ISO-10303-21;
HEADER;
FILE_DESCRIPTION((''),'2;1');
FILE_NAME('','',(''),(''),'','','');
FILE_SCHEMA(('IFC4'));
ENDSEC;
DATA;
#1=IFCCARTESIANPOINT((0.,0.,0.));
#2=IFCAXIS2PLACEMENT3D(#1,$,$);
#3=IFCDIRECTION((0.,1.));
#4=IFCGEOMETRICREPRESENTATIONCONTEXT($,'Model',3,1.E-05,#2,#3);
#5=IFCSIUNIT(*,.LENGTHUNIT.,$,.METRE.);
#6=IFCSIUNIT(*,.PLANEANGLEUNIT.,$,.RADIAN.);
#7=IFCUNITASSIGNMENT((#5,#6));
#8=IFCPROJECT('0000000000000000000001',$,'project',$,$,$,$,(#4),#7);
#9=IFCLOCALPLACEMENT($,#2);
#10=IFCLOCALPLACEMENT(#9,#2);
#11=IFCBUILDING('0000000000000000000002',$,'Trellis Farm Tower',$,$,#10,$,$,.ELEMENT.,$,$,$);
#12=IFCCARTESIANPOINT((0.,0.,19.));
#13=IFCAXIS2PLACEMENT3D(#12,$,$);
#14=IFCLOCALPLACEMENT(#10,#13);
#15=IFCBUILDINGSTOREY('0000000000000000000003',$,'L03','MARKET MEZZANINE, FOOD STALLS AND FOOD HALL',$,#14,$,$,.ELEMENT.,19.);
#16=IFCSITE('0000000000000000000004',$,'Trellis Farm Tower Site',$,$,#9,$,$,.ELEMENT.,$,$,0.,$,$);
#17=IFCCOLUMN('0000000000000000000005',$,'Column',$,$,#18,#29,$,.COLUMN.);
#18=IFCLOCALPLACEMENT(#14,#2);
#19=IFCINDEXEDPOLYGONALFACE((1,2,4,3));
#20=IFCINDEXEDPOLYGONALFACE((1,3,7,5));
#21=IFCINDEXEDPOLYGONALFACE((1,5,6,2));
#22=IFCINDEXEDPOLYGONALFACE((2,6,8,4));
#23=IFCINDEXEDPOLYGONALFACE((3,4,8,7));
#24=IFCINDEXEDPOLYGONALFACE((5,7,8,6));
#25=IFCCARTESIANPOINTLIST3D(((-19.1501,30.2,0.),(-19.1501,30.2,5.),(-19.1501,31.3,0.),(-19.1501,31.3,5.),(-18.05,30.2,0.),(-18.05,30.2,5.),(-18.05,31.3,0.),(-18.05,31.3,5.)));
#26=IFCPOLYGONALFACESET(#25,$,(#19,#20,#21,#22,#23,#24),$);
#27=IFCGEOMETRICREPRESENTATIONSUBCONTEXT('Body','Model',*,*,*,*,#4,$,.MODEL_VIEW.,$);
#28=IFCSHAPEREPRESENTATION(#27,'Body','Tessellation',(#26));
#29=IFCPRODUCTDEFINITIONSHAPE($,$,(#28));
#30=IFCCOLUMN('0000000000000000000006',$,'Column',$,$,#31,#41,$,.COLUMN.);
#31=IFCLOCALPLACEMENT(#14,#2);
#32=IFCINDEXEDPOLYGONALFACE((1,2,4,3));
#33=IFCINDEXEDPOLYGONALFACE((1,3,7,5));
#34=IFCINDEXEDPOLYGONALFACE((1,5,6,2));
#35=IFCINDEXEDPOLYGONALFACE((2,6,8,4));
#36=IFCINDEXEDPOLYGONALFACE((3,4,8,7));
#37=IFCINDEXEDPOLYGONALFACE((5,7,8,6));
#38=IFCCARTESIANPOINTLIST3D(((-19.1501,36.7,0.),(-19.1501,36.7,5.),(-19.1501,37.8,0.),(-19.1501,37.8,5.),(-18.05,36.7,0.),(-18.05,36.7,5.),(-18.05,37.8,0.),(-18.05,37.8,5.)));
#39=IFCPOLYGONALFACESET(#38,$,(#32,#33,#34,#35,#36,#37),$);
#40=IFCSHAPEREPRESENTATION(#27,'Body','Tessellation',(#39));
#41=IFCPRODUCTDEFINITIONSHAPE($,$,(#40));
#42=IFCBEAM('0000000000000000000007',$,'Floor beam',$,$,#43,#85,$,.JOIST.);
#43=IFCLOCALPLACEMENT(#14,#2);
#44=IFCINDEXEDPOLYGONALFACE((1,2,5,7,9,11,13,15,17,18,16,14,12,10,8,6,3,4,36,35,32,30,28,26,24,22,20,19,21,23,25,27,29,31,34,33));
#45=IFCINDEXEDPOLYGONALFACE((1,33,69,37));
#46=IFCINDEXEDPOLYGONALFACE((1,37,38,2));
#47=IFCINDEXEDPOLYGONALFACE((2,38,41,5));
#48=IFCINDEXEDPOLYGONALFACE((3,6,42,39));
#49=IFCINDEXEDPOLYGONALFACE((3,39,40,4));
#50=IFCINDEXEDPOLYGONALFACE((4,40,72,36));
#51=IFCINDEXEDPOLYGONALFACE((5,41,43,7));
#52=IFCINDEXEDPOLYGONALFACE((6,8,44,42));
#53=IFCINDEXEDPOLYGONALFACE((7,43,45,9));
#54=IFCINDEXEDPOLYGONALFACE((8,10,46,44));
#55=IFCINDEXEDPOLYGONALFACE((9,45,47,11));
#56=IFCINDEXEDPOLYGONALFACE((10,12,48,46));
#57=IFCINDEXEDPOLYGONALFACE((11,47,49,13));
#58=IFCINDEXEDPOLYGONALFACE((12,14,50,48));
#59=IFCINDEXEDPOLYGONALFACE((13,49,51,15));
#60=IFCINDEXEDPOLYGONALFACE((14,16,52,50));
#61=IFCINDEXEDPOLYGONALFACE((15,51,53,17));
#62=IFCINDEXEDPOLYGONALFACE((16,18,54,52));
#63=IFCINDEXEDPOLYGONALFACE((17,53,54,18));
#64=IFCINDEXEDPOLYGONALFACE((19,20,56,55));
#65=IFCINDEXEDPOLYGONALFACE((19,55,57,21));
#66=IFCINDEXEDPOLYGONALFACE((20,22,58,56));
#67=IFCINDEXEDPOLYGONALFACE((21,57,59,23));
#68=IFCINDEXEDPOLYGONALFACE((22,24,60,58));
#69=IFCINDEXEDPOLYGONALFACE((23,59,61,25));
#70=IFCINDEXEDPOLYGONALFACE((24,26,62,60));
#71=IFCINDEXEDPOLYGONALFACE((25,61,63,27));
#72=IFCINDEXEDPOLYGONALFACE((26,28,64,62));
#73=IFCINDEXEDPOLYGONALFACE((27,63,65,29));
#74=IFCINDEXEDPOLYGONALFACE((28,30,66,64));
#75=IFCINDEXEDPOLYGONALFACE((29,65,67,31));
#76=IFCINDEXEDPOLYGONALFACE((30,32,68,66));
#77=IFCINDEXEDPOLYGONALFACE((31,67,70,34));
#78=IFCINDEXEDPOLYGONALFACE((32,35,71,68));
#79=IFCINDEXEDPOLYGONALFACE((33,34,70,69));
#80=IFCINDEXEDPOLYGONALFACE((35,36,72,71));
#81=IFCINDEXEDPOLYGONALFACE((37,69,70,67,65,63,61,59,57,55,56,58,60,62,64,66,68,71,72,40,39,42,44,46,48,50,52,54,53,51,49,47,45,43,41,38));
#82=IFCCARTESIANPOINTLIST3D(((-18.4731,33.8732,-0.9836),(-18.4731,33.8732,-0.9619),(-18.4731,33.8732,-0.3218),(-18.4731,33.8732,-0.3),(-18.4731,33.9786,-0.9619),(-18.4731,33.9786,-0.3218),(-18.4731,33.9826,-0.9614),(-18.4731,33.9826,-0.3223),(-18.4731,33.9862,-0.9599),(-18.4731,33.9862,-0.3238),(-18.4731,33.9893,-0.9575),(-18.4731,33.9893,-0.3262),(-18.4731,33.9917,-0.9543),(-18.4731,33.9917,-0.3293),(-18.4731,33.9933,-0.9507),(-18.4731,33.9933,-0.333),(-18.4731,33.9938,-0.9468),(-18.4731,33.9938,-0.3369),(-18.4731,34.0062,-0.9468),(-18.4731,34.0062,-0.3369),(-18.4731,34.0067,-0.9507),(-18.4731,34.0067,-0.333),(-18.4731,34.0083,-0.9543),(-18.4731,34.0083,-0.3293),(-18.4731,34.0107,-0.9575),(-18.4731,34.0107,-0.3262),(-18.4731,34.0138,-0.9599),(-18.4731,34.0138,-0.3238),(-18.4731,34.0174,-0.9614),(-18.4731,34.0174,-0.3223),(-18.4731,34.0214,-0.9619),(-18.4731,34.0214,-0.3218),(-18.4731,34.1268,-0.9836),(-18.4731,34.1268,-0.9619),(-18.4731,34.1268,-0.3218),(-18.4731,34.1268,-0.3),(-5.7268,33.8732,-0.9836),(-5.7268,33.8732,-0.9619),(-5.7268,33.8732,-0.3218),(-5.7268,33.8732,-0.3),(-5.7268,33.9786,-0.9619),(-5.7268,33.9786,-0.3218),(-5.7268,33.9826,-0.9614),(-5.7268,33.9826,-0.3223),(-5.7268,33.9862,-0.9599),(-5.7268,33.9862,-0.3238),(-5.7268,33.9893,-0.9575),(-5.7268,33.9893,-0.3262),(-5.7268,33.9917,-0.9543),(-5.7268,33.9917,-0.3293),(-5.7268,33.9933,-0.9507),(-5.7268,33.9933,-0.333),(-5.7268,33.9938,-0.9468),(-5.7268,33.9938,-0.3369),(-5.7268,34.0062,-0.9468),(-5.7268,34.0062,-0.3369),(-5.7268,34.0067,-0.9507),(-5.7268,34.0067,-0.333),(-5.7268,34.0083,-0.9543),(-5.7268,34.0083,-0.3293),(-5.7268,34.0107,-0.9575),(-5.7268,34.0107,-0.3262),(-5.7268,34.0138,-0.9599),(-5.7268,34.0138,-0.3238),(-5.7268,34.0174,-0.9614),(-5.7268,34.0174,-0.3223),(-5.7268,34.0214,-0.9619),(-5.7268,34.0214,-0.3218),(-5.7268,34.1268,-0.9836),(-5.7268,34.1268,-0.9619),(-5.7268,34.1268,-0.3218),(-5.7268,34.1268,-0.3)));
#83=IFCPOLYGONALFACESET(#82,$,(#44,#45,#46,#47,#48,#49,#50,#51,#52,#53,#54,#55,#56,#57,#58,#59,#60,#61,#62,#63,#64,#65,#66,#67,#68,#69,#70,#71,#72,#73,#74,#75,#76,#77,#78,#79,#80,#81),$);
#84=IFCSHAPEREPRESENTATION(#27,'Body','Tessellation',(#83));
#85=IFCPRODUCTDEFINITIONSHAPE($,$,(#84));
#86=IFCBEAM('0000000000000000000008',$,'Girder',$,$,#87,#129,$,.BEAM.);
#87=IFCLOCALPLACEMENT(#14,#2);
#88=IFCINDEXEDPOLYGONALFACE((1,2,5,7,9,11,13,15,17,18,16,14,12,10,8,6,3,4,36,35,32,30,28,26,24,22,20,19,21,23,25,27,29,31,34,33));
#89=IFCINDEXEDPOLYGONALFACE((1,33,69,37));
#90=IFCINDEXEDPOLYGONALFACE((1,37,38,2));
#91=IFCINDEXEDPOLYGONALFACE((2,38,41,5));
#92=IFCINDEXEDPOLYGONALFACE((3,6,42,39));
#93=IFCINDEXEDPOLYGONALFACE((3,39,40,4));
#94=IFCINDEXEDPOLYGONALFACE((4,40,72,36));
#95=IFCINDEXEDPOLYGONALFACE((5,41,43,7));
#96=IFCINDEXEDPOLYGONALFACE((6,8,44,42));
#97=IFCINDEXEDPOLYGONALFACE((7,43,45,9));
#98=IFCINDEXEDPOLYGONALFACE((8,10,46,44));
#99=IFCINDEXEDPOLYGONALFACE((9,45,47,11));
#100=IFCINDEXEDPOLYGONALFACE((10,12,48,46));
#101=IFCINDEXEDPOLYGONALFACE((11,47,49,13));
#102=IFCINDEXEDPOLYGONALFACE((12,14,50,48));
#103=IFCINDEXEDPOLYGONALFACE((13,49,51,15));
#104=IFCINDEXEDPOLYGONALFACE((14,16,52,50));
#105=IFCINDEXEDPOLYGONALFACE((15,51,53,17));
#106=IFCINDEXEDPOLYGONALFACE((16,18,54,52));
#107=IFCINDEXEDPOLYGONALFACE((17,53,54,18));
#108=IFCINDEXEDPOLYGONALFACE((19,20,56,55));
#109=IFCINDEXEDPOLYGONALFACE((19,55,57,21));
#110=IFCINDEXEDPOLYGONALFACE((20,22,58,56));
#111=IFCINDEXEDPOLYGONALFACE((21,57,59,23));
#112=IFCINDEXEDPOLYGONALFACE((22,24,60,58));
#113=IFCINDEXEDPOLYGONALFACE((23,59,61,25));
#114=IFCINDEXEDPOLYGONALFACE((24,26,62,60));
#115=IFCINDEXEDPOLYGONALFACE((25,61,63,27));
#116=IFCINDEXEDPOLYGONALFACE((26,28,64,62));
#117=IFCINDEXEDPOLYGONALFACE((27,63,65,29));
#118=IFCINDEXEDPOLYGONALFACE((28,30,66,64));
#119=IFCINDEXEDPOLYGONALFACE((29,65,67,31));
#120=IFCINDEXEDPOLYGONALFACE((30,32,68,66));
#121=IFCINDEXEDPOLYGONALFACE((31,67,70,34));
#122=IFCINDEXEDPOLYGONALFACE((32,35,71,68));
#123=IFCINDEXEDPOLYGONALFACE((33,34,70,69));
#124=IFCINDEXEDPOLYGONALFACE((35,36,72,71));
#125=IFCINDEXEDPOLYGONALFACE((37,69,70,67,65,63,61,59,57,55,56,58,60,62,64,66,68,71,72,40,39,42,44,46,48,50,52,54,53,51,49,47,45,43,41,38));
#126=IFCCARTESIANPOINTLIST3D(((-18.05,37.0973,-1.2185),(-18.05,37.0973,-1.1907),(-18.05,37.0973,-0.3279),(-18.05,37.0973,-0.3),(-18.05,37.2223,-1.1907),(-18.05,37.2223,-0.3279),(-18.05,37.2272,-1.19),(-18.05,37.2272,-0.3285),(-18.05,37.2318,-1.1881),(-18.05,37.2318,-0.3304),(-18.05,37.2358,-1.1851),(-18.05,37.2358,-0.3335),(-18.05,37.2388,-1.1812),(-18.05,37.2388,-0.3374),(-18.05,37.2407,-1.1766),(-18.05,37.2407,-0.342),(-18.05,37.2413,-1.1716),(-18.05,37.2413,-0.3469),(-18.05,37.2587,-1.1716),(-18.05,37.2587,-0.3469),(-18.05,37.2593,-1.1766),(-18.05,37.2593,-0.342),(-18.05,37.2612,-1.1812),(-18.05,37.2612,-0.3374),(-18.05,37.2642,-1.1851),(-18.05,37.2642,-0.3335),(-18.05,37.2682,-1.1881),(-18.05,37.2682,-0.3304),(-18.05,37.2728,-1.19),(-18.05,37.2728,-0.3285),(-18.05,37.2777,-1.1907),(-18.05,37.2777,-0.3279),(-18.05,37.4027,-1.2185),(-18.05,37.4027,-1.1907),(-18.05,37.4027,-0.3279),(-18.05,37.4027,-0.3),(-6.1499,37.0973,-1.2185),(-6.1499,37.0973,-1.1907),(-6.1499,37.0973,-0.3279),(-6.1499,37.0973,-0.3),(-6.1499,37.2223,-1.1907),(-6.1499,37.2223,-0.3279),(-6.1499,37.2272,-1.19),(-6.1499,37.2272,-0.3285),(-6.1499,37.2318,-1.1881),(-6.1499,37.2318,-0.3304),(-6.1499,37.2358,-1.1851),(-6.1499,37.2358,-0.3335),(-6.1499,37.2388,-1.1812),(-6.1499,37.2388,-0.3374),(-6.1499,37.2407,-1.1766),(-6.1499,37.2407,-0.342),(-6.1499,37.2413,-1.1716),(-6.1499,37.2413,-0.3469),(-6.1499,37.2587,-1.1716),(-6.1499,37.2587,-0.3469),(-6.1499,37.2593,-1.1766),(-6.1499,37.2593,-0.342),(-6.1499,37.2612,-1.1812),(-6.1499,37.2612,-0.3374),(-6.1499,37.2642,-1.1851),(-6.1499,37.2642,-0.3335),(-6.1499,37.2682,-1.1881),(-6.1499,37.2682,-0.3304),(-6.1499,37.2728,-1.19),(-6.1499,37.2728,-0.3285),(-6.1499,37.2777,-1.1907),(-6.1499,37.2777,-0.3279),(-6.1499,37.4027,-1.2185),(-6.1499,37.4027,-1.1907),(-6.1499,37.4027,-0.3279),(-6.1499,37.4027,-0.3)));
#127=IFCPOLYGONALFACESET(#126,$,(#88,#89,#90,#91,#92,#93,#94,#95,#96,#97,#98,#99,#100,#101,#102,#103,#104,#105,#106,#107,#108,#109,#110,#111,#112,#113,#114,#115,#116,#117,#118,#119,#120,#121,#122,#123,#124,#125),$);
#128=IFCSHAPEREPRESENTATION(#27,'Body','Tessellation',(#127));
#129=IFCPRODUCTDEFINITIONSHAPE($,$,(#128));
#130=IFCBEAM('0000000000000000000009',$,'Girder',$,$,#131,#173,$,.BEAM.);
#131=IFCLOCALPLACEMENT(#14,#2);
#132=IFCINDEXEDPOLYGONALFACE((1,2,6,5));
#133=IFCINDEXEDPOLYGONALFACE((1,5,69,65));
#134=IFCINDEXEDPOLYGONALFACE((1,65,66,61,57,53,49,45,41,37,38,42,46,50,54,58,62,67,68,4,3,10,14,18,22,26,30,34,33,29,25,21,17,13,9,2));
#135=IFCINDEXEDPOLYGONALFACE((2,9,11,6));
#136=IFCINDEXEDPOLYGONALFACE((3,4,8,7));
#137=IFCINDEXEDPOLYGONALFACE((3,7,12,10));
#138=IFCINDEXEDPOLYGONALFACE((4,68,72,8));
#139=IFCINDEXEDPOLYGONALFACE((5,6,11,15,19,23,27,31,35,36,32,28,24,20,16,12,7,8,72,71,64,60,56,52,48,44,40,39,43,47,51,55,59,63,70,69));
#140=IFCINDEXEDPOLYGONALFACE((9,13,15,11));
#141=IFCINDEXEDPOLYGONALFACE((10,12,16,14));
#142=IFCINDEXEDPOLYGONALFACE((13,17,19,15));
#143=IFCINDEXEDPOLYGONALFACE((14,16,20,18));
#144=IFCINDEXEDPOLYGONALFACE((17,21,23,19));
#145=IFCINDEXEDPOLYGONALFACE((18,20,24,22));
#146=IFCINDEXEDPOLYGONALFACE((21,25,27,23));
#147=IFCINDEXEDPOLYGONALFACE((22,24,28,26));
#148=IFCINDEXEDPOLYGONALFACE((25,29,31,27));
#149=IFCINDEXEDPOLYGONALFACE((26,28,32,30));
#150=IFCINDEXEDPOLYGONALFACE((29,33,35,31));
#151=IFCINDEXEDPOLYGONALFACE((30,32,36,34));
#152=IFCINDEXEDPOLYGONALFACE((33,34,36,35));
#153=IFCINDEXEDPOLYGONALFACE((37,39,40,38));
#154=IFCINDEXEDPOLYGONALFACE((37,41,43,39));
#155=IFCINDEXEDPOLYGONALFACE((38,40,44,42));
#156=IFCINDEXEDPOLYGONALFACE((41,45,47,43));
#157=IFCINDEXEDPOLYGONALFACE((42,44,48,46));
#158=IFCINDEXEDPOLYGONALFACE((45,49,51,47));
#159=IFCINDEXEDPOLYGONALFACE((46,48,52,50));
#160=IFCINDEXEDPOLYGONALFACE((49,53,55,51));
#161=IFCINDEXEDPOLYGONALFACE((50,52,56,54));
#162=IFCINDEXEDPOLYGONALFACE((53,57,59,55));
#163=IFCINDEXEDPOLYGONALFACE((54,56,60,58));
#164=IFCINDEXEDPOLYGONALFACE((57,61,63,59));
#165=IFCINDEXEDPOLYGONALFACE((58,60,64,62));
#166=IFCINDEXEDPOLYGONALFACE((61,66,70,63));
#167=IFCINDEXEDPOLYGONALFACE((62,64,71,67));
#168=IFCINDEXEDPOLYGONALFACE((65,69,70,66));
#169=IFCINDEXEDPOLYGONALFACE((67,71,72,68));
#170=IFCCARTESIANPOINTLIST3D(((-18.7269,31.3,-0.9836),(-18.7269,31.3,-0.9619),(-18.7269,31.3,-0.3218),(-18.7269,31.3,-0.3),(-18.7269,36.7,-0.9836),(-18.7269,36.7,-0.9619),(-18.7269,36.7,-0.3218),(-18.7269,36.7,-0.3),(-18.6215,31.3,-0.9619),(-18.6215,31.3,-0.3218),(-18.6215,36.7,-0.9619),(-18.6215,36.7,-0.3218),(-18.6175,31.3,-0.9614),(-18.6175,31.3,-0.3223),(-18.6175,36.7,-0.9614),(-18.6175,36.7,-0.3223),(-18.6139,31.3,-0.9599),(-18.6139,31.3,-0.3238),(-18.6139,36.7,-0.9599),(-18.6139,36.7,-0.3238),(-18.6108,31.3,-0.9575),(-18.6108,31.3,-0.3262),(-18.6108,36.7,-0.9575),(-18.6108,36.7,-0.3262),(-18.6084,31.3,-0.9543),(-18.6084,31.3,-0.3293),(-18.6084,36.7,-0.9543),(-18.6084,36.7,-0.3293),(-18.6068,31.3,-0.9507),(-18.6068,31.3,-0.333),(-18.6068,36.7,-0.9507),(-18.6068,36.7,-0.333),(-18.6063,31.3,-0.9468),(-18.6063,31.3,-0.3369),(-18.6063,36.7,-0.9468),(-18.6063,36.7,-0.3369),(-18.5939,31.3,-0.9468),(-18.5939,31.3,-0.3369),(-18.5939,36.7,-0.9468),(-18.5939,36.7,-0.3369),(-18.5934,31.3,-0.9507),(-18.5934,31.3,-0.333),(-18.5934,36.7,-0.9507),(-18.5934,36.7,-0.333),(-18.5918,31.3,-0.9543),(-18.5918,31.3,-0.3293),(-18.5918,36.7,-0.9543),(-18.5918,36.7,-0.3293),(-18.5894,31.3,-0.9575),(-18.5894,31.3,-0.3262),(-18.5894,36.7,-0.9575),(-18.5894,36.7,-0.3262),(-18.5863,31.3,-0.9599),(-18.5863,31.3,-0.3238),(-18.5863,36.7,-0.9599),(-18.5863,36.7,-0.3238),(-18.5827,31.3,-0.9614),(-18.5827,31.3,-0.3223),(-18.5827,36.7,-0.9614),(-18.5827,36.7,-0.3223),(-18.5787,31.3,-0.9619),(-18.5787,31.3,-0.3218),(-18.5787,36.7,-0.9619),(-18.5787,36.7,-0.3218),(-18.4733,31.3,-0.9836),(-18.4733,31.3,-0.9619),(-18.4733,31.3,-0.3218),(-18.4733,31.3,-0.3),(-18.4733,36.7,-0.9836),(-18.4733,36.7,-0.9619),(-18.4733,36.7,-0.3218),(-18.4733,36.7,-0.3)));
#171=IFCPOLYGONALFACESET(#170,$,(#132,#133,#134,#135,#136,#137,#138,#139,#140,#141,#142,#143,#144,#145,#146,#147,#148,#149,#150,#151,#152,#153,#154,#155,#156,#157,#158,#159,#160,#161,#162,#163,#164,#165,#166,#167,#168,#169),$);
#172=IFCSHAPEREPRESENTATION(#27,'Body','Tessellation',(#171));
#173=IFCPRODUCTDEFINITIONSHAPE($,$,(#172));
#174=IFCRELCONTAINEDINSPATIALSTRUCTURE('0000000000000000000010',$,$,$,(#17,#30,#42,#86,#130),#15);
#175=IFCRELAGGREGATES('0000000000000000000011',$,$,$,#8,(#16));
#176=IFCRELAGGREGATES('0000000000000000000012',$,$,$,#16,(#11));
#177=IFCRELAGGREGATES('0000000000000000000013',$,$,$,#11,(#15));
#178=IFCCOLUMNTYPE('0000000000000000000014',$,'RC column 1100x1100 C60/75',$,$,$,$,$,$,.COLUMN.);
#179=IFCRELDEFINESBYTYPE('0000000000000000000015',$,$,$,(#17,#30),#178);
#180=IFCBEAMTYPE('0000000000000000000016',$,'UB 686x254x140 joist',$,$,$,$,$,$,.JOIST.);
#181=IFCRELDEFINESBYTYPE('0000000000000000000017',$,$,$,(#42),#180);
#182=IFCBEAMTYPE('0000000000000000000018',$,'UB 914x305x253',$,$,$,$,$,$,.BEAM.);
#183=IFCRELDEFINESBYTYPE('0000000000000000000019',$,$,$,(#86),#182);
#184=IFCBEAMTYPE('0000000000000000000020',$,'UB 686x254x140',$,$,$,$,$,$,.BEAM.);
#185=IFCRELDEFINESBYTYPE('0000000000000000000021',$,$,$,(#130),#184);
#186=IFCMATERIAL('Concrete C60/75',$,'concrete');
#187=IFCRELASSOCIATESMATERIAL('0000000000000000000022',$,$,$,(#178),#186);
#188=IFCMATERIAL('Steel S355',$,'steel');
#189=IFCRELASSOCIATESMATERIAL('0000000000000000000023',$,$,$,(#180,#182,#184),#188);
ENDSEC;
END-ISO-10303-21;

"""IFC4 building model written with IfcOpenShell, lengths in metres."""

from ifc_helpers import new_model, si_unit, direction, frame, origin, origin_2d, place, context, subcontext, project, spatial, rectangle, i_section, extrude, source, transform, mapped, material, material_profile, profile_set, type_object, element, save


model = new_model("IFC4")

# Units and contexts
model_context = context("Model", 3, precision=1e-05, world=origin(), true_north=direction((0.0, 1.0)))
body_context = subcontext(model_context, "Body", "Model", "MODEL_VIEW")
ifc_project = project(units=[si_unit("LENGTHUNIT", "METRE"), si_unit("PLANEANGLEUNIT", "RADIAN")], contexts=[model_context])

# Site, building, storey
site_placement = place(None, origin())
site = spatial("IfcSite", under=ifc_project, at=site_placement, Name="Trellis Farm Tower Site", CompositionType="ELEMENT", RefElevation=0.0)
building_placement = place(site_placement, origin())
building = spatial("IfcBuilding", under=site, at=building_placement, Name="Trellis Farm Tower", CompositionType="ELEMENT")
storey_placement = place(building_placement, frame((0.0, 0.0, 19.0)))
storey = spatial("IfcBuildingStorey", under=building, at=storey_placement, Name="L03", Description="MARKET MEZZANINE, FOOD STALLS AND FOOD HALL", CompositionType="ELEMENT", Elevation=19.0)

# Columns
ifc_material_1 = material(Name="Concrete C60/75", Category="concrete")
ifc_material_profile_1 = material_profile(ifc_material_1, rectangle(XDim=1.1001, YDim=1.1001, at=origin_2d()), Name="RC column 1100x1100 C60/75")
ifc_profile_set_1 = profile_set([ifc_material_profile_1], Name="Concrete C60/75")
column_type = type_object("IfcColumnType", Name="RC column 1100x1100 C60/75", PredefinedType="COLUMN", material=ifc_profile_set_1)
shared_shape_1 = source(origin(), body_context, "Body", "SweptSolid", [
    extrude(rectangle(XDim=1.1001, YDim=1.1001, at=origin_2d()), origin(), (0.0, 0.0, 1.0), 5.0),
])
for number, where, z_axis, x_axis, name in (
    (1, (-18.6001, 30.75, 0.0), (0.0, 0.0, 1.0), (1.0, 0.0, 0.0), "Column"),
    (2, (-18.6001, 37.25, 0.0), (0.0, 0.0, 1.0), (1.0, 0.0, 0.0), "Column"),
):
    element("IfcColumn", number, at=place(storey_placement, frame(where, z_axis=z_axis, x_axis=x_axis)), inside=storey, type_object=column_type, Name=name, PredefinedType="COLUMN", context=body_context, shape_type="MappedRepresentation", body=[
        mapped(shared_shape_1, transform((0.0, 0.0, 0.0))),
    ])

# Beams
ifc_material_2 = material(Name="Steel S355", Category="steel")
ifc_material_profile_2 = material_profile(ifc_material_2, i_section(OverallWidth=0.2537, OverallDepth=0.6836, WebThickness=0.0125, FlangeThickness=0.0217, FilletRadius=0.0151, at=origin_2d()), Name="UB 686x254x140")
ifc_profile_set_2 = profile_set([ifc_material_profile_2], Name="Steel S355")
beam_type_1 = type_object("IfcBeamType", Name="UB 686x254x140 joist", PredefinedType="JOIST", material=ifc_profile_set_2)
shared_shape_2 = source(origin(), body_context, "Body", "SweptSolid", [
    extrude(i_section(OverallWidth=0.2537, OverallDepth=0.6836, WebThickness=0.0125, FlangeThickness=0.0217, FilletRadius=0.0151, at=origin_2d()), origin(), (0.0, 0.0, 1.0), 12.7463),
])
beam_1_placement = place(storey_placement, frame((-18.4731, 34.0, -0.6418), z_axis=(1.0, 0.0, 0.0), x_axis=(0.0, 1.0, 0.0)))
element("IfcBeam", 3, at=beam_1_placement, inside=storey, type_object=beam_type_1, Name="Floor beam", PredefinedType="JOIST", context=body_context, shape_type="MappedRepresentation", body=[
    mapped(shared_shape_2, transform((0.0, 0.0, 0.0))),
])
ifc_material_profile_3 = material_profile(ifc_material_2, i_section(OverallWidth=0.3054, OverallDepth=0.9185, WebThickness=0.0173, FlangeThickness=0.0278, FilletRadius=0.019, at=origin_2d()), Name="UB 914x305x253")
ifc_profile_set_3 = profile_set([ifc_material_profile_3], Name="Steel S355")
beam_type_2 = type_object("IfcBeamType", Name="UB 914x305x253", PredefinedType="BEAM", material=ifc_profile_set_3)
shared_shape_3 = source(origin(), body_context, "Body", "SweptSolid", [
    extrude(i_section(OverallWidth=0.3054, OverallDepth=0.9185, WebThickness=0.0173, FlangeThickness=0.0278, FilletRadius=0.019, at=origin_2d()), origin(), (0.0, 0.0, 1.0), 11.9001),
])
beam_2_placement = place(storey_placement, frame((-18.05, 37.25, -0.7593), z_axis=(1.0, 0.0, 0.0), x_axis=(0.0, 1.0, 0.0)))
element("IfcBeam", 4, at=beam_2_placement, inside=storey, type_object=beam_type_2, Name="Girder", PredefinedType="BEAM", context=body_context, shape_type="MappedRepresentation", body=[
    mapped(shared_shape_3, transform((0.0, 0.0, 0.0))),
])
ifc_material_profile_4 = material_profile(ifc_material_2, i_section(OverallWidth=0.2537, OverallDepth=0.6836, WebThickness=0.0125, FlangeThickness=0.0217, FilletRadius=0.0151, at=origin_2d()), Name="UB 686x254x140")
ifc_profile_set_4 = profile_set([ifc_material_profile_4], Name="Steel S355")
beam_type_3 = type_object("IfcBeamType", Name="UB 686x254x140", PredefinedType="BEAM", material=ifc_profile_set_4)
shared_shape_4 = source(origin(), body_context, "Body", "SweptSolid", [
    extrude(i_section(OverallWidth=0.2537, OverallDepth=0.6836, WebThickness=0.0125, FlangeThickness=0.0217, FilletRadius=0.0151, at=origin_2d()), origin(), (0.0, 0.0, 1.0), 5.3999),
])
beam_3_placement = place(storey_placement, frame((-18.6001, 31.3, -0.6418), z_axis=(0.0, 1.0, 0.0), x_axis=(-1.0, 0.0, 0.0)))
element("IfcBeam", 5, at=beam_3_placement, inside=storey, type_object=beam_type_3, Name="Girder", PredefinedType="BEAM", context=body_context, shape_type="MappedRepresentation", body=[
    mapped(shared_shape_4, transform((0.0, 0.0, 0.0))),
])

save(model, "model.ifc")
